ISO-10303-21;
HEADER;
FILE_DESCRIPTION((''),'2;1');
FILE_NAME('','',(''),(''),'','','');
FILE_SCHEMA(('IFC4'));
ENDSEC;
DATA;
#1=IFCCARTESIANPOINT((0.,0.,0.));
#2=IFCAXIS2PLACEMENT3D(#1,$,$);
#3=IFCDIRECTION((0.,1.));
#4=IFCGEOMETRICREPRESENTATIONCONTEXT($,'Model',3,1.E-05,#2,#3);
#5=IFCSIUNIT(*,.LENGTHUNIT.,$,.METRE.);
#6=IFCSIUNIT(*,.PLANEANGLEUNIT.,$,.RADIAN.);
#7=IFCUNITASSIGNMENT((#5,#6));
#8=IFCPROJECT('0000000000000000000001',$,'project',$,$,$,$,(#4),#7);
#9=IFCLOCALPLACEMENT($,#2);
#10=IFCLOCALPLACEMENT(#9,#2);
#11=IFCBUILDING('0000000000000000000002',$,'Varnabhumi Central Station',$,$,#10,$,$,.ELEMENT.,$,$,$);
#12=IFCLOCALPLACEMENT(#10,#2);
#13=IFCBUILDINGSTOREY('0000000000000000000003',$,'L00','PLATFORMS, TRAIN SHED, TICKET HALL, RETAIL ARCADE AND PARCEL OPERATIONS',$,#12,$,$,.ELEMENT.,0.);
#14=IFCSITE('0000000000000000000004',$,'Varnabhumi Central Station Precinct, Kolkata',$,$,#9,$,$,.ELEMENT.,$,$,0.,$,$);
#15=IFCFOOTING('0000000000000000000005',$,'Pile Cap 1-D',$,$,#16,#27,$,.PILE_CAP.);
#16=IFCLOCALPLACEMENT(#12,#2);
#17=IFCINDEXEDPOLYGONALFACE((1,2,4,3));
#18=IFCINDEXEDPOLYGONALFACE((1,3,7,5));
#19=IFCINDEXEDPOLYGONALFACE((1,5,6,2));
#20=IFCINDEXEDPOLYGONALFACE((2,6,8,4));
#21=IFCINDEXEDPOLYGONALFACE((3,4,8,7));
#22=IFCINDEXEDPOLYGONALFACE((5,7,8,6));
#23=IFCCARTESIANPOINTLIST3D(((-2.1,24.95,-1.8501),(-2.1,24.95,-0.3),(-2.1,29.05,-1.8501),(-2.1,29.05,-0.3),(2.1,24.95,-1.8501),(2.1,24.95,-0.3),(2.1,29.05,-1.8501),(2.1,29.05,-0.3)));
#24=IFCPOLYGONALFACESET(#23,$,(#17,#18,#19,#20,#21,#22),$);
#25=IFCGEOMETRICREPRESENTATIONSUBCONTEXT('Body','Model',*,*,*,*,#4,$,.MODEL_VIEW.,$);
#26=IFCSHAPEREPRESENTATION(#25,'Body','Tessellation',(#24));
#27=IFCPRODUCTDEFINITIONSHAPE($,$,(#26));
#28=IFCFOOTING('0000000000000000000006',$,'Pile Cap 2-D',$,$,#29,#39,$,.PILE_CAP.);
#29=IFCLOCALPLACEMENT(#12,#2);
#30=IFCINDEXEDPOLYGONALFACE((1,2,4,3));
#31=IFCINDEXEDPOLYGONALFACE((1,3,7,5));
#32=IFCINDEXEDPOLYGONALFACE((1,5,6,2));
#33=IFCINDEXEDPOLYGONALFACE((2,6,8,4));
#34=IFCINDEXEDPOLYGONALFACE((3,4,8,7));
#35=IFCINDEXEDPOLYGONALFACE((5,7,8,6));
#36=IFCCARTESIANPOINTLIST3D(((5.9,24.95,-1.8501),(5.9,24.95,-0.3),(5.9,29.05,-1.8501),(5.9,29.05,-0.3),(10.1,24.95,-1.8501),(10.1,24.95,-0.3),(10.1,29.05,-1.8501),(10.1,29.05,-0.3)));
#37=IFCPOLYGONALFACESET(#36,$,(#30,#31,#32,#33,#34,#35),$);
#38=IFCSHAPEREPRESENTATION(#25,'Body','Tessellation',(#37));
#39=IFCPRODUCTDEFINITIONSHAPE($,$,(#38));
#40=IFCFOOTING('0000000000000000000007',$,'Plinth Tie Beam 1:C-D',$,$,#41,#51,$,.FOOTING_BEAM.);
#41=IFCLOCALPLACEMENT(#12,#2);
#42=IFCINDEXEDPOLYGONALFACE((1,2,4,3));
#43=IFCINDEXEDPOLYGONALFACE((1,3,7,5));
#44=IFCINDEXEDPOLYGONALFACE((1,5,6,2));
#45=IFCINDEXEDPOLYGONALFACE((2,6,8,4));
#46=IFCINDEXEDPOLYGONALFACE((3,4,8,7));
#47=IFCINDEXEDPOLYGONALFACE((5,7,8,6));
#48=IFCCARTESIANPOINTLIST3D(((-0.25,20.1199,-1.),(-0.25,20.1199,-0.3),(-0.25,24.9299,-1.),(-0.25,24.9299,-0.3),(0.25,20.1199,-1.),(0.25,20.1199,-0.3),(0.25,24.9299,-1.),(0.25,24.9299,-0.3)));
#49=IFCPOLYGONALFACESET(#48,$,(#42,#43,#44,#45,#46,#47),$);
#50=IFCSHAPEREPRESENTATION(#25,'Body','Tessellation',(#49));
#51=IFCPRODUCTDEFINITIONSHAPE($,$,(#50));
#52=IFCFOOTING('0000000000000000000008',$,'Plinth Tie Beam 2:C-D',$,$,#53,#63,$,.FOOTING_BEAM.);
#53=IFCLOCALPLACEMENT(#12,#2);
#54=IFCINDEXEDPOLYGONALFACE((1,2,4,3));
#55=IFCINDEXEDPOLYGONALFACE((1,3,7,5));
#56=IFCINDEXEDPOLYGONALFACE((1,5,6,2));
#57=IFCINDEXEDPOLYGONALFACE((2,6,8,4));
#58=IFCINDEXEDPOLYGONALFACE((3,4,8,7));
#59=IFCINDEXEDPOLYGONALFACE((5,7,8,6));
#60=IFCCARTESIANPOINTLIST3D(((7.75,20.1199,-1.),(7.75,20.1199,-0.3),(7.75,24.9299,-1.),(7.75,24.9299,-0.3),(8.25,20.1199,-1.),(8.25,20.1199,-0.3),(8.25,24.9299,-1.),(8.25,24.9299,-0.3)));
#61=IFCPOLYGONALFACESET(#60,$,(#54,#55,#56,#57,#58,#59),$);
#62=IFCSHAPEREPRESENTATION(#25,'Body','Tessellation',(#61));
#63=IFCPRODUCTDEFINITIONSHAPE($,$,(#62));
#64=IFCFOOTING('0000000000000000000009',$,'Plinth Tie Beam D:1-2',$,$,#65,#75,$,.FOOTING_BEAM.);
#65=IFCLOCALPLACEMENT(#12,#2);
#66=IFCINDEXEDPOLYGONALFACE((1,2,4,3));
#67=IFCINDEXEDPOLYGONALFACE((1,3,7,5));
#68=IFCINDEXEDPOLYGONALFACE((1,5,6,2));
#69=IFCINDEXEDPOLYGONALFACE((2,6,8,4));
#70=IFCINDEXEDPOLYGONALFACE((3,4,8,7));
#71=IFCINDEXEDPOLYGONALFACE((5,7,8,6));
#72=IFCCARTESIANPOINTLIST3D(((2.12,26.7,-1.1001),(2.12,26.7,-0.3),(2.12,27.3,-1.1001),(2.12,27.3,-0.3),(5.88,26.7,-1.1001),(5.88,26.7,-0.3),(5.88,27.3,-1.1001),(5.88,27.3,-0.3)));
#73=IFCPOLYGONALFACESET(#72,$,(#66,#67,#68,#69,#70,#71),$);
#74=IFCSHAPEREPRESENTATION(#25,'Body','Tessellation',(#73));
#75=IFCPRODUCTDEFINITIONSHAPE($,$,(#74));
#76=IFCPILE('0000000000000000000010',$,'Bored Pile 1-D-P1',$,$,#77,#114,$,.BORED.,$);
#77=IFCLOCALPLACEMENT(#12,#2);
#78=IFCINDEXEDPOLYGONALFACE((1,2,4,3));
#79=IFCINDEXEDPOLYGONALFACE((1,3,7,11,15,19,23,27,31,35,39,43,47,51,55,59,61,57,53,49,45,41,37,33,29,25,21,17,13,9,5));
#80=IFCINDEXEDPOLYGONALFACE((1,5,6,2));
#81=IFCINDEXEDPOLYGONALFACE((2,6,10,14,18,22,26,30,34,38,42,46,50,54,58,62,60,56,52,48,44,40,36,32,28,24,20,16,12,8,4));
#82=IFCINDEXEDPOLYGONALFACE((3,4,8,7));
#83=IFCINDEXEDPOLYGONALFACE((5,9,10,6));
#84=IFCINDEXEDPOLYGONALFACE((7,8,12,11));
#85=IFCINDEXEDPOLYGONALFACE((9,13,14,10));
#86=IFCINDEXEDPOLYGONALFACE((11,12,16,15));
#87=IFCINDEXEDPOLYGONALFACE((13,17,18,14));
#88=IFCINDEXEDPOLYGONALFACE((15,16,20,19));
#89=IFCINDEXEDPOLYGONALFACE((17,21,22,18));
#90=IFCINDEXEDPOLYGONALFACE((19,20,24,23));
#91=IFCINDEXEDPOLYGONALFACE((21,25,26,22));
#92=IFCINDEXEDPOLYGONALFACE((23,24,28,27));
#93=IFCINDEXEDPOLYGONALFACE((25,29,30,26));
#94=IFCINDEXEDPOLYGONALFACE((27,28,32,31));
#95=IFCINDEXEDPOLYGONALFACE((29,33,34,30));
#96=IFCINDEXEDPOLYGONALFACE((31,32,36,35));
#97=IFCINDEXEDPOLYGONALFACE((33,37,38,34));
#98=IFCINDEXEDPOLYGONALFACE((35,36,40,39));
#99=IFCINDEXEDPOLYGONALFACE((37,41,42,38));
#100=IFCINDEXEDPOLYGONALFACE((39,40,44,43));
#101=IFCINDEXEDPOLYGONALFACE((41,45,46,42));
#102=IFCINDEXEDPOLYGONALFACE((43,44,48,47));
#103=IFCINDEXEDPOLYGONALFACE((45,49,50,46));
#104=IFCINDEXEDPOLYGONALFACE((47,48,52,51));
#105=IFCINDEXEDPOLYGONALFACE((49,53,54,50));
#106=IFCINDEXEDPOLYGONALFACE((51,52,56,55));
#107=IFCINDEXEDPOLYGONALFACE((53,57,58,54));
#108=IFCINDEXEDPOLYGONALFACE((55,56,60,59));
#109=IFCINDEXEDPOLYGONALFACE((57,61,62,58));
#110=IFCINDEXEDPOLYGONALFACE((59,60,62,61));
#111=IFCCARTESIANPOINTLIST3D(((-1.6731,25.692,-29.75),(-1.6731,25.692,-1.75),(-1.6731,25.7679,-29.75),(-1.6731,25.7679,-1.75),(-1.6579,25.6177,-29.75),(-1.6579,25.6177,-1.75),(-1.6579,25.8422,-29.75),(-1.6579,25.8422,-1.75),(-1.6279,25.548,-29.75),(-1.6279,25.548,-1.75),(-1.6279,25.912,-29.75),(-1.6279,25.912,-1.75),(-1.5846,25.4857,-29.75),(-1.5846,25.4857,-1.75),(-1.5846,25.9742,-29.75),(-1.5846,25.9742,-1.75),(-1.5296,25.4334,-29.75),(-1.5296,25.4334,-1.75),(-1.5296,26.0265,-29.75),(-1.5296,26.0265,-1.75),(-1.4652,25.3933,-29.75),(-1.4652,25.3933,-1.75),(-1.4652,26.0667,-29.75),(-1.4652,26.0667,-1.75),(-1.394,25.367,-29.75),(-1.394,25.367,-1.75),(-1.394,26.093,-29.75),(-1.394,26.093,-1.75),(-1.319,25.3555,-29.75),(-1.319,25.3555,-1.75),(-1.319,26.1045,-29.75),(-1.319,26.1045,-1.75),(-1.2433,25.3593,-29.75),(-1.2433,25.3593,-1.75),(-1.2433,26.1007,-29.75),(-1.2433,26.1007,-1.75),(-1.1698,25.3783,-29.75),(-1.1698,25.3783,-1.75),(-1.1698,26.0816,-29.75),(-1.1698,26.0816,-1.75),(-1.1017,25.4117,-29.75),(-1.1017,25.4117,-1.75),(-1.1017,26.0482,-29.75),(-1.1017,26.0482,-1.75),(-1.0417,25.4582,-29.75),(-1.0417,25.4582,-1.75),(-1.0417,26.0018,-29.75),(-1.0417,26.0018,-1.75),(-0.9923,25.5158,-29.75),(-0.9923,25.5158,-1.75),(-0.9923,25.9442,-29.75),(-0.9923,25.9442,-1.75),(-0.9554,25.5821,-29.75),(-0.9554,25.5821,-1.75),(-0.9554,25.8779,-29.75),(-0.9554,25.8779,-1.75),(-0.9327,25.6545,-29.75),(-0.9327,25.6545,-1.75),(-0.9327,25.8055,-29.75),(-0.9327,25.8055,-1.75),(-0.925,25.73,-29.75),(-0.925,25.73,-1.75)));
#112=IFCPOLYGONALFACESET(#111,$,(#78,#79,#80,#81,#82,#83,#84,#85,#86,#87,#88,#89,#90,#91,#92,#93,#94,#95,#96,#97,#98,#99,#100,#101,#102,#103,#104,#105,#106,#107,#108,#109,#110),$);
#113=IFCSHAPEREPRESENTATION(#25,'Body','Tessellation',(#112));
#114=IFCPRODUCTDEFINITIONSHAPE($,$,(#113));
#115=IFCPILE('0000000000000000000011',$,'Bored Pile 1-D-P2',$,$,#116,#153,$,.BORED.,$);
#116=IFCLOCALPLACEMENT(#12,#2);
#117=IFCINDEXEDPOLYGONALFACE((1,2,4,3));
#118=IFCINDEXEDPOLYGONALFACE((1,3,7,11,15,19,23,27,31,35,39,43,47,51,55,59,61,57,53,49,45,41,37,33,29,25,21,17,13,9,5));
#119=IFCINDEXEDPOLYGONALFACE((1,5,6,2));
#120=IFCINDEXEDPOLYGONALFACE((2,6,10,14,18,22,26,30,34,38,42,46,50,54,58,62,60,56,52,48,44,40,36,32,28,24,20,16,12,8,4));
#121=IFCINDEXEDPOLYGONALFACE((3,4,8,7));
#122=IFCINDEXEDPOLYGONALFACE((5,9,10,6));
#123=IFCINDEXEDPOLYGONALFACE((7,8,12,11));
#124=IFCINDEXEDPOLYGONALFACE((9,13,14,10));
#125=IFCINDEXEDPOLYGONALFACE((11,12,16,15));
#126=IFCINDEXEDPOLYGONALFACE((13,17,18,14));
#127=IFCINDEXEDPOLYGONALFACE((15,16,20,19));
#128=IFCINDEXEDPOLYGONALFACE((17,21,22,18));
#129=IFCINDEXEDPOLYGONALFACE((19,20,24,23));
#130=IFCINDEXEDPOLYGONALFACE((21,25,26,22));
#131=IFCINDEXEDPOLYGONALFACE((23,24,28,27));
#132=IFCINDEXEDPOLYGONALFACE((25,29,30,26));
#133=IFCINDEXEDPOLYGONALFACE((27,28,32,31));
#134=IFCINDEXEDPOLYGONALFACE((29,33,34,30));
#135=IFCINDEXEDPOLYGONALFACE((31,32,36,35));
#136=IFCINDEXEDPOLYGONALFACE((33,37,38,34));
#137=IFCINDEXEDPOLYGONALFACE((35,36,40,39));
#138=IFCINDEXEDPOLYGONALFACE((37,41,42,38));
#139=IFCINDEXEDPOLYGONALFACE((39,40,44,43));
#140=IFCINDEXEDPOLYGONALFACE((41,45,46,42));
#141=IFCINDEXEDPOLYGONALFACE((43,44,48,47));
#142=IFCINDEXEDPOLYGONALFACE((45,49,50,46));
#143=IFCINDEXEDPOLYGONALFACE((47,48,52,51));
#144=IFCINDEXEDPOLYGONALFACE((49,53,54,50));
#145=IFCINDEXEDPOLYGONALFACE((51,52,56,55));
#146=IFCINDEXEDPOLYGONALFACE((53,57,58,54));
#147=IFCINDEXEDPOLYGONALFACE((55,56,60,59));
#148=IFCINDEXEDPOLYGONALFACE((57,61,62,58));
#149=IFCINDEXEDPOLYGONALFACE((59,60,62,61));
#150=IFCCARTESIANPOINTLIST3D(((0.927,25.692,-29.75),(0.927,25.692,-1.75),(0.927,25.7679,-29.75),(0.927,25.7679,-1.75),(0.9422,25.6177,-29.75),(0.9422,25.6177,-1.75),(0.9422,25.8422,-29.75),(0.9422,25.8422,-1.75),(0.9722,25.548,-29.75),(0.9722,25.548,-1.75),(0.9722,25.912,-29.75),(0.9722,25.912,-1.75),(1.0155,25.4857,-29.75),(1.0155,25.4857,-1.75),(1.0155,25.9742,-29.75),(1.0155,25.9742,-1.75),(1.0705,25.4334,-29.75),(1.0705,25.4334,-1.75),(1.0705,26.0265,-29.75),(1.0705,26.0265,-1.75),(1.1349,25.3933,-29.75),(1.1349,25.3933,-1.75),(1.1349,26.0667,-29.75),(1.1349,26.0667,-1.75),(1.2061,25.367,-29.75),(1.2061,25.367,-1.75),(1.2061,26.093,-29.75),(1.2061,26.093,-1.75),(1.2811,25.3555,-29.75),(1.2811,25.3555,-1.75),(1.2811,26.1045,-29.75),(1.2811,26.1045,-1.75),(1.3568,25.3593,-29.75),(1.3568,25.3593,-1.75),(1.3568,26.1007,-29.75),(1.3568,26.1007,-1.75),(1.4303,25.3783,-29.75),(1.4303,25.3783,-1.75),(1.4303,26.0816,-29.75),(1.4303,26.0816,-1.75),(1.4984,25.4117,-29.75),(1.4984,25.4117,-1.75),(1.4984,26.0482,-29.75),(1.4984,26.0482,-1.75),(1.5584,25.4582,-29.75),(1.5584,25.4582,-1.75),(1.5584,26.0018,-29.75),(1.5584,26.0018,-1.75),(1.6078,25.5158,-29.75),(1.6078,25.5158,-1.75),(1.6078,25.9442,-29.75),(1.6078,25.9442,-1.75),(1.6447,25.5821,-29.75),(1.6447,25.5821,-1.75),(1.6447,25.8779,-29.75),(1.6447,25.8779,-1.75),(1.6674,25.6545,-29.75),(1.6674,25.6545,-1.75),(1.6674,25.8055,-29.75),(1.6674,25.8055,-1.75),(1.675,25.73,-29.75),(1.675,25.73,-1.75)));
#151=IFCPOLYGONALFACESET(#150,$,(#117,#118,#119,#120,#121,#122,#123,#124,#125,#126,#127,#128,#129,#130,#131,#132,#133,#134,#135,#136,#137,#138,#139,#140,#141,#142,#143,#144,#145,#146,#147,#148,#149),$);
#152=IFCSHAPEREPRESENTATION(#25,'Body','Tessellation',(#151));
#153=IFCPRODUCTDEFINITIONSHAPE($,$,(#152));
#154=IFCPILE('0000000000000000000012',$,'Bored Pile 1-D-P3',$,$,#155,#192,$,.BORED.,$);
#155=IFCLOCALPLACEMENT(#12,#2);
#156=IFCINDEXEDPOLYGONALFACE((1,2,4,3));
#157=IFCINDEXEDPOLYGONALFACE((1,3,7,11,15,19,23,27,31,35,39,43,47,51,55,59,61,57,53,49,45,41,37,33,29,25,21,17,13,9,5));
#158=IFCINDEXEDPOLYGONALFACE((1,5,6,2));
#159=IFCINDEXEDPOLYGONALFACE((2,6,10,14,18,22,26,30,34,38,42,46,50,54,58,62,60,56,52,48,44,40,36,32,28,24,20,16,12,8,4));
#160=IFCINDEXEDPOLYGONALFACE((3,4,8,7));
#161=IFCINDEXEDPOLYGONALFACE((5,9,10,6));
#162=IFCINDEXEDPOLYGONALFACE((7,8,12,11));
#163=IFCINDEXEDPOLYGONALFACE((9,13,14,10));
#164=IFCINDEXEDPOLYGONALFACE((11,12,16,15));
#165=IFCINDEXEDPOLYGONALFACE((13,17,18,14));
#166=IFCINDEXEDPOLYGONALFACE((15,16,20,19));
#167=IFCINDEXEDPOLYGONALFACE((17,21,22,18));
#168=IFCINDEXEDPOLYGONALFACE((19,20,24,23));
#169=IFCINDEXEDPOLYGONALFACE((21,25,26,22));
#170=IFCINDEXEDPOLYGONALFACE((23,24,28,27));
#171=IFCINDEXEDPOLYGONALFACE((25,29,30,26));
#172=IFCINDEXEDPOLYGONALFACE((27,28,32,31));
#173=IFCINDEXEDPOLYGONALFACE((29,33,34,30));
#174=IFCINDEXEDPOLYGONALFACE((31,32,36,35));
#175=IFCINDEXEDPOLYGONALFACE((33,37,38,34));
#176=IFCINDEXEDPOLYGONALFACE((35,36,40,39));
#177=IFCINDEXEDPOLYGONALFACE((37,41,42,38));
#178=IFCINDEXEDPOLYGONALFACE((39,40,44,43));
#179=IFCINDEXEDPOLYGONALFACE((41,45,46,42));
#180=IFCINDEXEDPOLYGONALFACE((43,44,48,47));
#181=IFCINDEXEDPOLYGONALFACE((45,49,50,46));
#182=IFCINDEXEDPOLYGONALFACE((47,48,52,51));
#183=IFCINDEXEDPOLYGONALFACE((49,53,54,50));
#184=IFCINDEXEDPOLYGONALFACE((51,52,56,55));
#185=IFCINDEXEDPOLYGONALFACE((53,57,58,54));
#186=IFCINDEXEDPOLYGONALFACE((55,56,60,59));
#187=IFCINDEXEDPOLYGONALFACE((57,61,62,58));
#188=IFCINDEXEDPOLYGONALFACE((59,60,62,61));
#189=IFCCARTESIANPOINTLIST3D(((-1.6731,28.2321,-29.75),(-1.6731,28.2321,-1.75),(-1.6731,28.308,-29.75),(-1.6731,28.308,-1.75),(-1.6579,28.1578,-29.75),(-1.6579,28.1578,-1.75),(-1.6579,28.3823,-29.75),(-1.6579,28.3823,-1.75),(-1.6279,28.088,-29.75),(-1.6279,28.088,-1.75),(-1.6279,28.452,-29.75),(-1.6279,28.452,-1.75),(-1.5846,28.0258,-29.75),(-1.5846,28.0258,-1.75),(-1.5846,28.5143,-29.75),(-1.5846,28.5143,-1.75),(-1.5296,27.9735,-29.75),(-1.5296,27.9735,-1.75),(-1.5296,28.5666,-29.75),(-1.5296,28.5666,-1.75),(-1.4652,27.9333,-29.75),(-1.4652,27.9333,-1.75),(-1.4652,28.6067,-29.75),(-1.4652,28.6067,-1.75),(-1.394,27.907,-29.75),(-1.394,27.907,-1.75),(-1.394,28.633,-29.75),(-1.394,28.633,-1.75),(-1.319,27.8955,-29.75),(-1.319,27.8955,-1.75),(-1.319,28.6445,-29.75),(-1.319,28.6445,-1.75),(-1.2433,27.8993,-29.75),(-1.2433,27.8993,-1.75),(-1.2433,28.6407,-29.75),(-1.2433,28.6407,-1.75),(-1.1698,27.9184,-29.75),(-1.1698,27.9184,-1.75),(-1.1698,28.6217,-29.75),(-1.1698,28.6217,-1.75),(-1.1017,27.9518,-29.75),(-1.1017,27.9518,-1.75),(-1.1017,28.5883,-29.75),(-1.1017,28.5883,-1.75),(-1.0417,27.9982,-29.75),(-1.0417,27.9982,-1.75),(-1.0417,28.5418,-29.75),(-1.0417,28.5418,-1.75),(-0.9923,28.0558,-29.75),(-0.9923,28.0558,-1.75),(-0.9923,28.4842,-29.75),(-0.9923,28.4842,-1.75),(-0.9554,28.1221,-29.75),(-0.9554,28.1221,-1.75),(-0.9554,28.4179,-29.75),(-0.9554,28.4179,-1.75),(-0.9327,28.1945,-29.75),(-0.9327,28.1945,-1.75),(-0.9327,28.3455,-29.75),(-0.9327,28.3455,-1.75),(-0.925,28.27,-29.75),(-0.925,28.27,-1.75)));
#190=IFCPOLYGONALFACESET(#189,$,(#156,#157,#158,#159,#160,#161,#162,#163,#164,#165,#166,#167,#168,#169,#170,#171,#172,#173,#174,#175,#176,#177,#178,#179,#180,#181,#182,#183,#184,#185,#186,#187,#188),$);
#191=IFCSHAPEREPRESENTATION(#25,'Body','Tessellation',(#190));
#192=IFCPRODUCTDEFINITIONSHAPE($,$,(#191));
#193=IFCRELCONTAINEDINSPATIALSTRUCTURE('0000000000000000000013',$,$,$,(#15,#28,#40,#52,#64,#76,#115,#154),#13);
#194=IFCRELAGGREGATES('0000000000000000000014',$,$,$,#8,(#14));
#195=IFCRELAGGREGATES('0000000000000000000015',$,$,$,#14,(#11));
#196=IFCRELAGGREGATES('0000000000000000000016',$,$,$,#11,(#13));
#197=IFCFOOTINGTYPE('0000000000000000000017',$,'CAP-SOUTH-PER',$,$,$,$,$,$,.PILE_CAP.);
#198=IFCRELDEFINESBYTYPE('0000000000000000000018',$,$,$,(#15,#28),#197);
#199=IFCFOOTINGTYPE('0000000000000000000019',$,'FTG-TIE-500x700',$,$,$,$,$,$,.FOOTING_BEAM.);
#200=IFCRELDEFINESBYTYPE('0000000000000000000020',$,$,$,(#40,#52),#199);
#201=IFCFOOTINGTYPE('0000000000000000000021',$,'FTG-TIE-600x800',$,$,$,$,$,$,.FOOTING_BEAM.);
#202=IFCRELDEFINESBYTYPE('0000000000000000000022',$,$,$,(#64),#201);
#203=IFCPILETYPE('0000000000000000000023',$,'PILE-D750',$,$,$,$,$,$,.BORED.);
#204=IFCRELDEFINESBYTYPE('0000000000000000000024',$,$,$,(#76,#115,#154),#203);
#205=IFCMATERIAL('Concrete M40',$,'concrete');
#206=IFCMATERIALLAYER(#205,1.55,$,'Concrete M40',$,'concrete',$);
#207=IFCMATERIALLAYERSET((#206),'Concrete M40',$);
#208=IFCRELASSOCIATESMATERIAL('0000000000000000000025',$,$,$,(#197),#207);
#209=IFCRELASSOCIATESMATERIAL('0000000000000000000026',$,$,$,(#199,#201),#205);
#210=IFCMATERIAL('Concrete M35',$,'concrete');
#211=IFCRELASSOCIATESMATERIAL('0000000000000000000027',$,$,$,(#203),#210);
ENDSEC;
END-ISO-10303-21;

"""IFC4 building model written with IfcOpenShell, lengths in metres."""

from ifc_helpers import new_model, si_unit, direction, frame, origin, origin_2d, place, context, subcontext, project, spatial, rectangle, circle, extrude, material, layer, layer_set, material_profile, profile_set, type_object, element, save


model = new_model("IFC4")

# Units and contexts
model_context = context("Model", 3, precision=1e-05, world=origin(), true_north=direction((0.0, 1.0)))
body_context = subcontext(model_context, "Body", "Model", "MODEL_VIEW")
ifc_project = project(units=[si_unit("LENGTHUNIT", "METRE"), si_unit("PLANEANGLEUNIT", "RADIAN")], contexts=[model_context])

# Site, building, storey
site_placement = place(None, origin())
site = spatial("IfcSite", under=ifc_project, at=site_placement, Name="Varnabhumi Central Station Precinct, Kolkata", CompositionType="ELEMENT", RefElevation=0.0)
building_placement = place(site_placement, origin())
building = spatial("IfcBuilding", under=site, at=building_placement, Name="Varnabhumi Central Station", CompositionType="ELEMENT")
storey_placement = place(building_placement, origin())
storey = spatial("IfcBuildingStorey", under=building, at=storey_placement, Name="L00", Description="PLATFORMS, TRAIN SHED, TICKET HALL, RETAIL ARCADE AND PARCEL OPERATIONS", CompositionType="ELEMENT", Elevation=0.0)

# Footings
ifc_material_1 = material(Name="Concrete M40", Category="concrete")
ifc_layer_1 = layer(ifc_material_1, 1.55, Name="Concrete M40", Category="concrete")
ifc_layer_set_1 = layer_set([ifc_layer_1], Name="Concrete M40")
footing_type_1 = type_object("IfcFootingType", Name="CAP-SOUTH-PER", PredefinedType="PILE_CAP", material=ifc_layer_set_1)
for number, where, z_axis, x_axis, name in (
    (1, (0.0, 27.0, -1.8501), (0.0, 0.0, 1.0), (1.0, 0.0, 0.0), "Pile Cap 1-D"),
    (2, (8.0, 27.0, -1.8501), (0.0, 0.0, 1.0), (1.0, 0.0, 0.0), "Pile Cap 2-D"),
):
    element("IfcFooting", number, at=place(storey_placement, frame(where, z_axis=z_axis, x_axis=x_axis)), inside=storey, type_object=footing_type_1, Name=name, PredefinedType="PILE_CAP", context=body_context, shape_type="SweptSolid", body=[
        extrude(rectangle(XDim=4.2, YDim=4.1001, at=origin_2d()), origin(), (0.0, 0.0, 1.0), 1.55),
    ])
footing_type_2 = type_object("IfcFootingType", Name="FTG-TIE-500x700", PredefinedType="FOOTING_BEAM", material=ifc_material_1)
for number, where, z_axis, x_axis, name in (
    (3, (0.0, 22.5249, -1.0), (0.0, 0.0, 1.0), (1.0, 0.0, 0.0), "Plinth Tie Beam 1:C-D"),
    (4, (8.0, 22.5249, -1.0), (0.0, 0.0, 1.0), (1.0, 0.0, 0.0), "Plinth Tie Beam 2:C-D"),
):
    element("IfcFooting", number, at=place(storey_placement, frame(where, z_axis=z_axis, x_axis=x_axis)), inside=storey, type_object=footing_type_2, Name=name, PredefinedType="FOOTING_BEAM", context=body_context, shape_type="SweptSolid", body=[
        extrude(rectangle(XDim=0.5, YDim=4.8101, at=origin_2d()), origin(), (0.0, 0.0, 1.0), 0.7),
    ])
footing_type_3 = type_object("IfcFootingType", Name="FTG-TIE-600x800", PredefinedType="FOOTING_BEAM", material=ifc_material_1)
footing_placement = place(storey_placement, frame((4.0, 27.0, -1.1001), z_axis=(0.0, 0.0, 1.0), x_axis=(1.0, 0.0, 0.0)))
element("IfcFooting", 5, at=footing_placement, inside=storey, type_object=footing_type_3, Name="Plinth Tie Beam D:1-2", PredefinedType="FOOTING_BEAM", context=body_context, shape_type="SweptSolid", body=[
    extrude(rectangle(XDim=3.76, YDim=0.6001, at=origin_2d()), origin(), (0.0, 0.0, 1.0), 0.8),
])

# Piles
ifc_material_2 = material(Name="Concrete M35", Category="concrete")
ifc_material_profile_1 = material_profile(ifc_material_2, circle(Radius=0.375, at=origin_2d()), Name="Concrete M35", Category="concrete")
ifc_profile_set_1 = profile_set([ifc_material_profile_1], Name="Concrete M35")
pile_type = type_object("IfcPileType", Name="PILE-D750", PredefinedType="BORED", material=ifc_profile_set_1)
for number, where, z_axis, x_axis, name in (
    (6, (-1.3, 25.73, -1.75), (0.0, 0.0, -1.0), (1.0, 0.0, 0.0), "Bored Pile 1-D-P1"),
    (7, (1.3, 25.73, -1.75), (0.0, 0.0, -1.0), (1.0, 0.0, 0.0), "Bored Pile 1-D-P2"),
    (8, (-1.3, 28.27, -1.75), (0.0, 0.0, -1.0), (1.0, 0.0, 0.0), "Bored Pile 1-D-P3"),
):
    element("IfcPile", number, at=place(storey_placement, frame(where, z_axis=z_axis, x_axis=x_axis)), inside=storey, type_object=pile_type, Name=name, PredefinedType="BORED", context=body_context, shape_type="SweptSolid", body=[
        extrude(circle(Radius=0.375, at=origin_2d()), origin(), (0.0, 0.0, 1.0), 28.0),
    ])

save(model, "model.ifc")
